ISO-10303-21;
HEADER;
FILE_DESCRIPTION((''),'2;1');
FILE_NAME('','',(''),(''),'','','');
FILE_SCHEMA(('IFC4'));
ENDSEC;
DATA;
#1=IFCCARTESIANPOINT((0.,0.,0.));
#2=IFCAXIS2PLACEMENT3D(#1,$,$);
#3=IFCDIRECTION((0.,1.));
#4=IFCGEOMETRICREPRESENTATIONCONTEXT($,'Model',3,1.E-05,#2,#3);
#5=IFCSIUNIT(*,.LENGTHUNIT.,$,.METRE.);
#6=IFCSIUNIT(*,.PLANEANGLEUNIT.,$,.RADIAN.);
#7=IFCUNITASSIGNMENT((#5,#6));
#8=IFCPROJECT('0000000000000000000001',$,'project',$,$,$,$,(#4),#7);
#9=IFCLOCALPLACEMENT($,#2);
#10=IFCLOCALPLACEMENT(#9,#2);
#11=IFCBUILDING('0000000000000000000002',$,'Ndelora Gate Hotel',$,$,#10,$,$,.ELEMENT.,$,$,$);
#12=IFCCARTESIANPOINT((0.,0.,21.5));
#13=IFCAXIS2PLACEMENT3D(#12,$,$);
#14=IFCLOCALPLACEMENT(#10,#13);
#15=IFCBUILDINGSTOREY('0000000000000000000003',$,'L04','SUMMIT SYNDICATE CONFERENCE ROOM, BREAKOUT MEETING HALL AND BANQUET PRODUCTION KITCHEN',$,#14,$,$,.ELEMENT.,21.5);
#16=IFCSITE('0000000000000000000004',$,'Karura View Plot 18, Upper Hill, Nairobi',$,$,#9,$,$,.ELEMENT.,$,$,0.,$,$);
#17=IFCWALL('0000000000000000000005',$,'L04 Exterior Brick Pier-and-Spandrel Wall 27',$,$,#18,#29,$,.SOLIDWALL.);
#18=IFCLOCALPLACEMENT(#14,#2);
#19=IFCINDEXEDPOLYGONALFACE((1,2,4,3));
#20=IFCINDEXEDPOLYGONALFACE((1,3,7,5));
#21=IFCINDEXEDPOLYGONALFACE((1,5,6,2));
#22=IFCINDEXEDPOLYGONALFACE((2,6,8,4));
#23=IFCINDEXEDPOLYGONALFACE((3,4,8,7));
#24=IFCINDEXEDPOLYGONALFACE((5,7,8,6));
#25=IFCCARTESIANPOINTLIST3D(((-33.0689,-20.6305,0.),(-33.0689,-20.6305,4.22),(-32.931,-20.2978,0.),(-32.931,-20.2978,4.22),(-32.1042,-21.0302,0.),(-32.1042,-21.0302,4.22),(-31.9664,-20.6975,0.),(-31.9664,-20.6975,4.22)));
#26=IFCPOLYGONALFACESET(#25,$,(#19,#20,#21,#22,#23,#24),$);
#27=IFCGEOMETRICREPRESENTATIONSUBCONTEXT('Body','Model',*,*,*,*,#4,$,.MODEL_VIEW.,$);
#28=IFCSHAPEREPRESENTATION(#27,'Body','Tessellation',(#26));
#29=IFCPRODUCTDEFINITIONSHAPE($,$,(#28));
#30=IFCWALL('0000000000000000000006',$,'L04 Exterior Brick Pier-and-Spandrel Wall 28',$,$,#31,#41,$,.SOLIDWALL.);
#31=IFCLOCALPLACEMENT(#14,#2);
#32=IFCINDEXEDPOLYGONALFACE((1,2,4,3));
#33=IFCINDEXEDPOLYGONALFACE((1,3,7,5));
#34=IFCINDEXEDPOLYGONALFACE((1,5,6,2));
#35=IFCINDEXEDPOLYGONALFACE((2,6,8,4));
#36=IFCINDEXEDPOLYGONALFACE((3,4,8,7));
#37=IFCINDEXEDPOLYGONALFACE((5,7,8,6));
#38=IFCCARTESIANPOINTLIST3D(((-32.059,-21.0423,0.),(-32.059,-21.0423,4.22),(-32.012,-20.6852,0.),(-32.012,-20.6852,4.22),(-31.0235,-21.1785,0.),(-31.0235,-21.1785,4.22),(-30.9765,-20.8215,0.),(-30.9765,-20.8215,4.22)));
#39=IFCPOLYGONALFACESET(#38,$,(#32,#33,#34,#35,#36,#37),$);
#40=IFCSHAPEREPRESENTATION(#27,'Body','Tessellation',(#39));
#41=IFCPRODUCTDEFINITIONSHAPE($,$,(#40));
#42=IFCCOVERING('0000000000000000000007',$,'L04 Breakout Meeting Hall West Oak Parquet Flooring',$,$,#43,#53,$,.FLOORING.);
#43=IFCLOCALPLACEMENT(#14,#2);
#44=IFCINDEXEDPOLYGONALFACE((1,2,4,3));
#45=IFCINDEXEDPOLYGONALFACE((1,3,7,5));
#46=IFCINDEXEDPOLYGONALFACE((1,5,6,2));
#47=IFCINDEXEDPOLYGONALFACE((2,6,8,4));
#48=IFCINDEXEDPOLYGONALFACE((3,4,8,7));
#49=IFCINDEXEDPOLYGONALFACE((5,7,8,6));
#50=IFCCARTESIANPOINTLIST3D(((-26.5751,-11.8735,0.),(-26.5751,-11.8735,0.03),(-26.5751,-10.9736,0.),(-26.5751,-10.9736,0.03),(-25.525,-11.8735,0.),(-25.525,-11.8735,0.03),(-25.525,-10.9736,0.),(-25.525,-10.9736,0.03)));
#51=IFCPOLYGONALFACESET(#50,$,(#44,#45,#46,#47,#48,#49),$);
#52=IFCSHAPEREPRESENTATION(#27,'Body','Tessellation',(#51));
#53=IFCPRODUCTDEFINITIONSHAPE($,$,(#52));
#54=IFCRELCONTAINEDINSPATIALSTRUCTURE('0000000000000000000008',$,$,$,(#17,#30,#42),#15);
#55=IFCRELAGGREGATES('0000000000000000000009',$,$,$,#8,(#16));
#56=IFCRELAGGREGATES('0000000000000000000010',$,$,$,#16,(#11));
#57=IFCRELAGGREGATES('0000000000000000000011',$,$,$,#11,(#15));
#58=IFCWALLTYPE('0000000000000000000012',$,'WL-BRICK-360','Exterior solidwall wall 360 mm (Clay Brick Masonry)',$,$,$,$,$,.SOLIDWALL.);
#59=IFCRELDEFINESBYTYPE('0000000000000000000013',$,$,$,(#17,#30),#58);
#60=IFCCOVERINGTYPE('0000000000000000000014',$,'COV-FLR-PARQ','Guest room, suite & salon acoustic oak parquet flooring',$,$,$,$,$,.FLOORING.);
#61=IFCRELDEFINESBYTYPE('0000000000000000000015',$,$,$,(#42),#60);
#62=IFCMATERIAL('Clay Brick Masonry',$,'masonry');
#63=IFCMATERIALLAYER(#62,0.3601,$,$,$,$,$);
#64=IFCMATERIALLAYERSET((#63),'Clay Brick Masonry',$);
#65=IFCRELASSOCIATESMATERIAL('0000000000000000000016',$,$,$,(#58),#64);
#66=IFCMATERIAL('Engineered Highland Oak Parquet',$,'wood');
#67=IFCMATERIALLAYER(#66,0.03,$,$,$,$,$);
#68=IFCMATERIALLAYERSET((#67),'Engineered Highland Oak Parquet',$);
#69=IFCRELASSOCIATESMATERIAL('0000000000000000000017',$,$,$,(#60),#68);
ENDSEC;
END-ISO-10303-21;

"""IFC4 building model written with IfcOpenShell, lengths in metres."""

from ifc_helpers import new_model, si_unit, direction, frame, frame_2d, origin, origin_2d, place, context, subcontext, project, spatial, rectangle, extrude, material, layer, layer_set, type_object, element, save


model = new_model("IFC4")

# Units and contexts
model_context = context("Model", 3, precision=1e-05, world=origin(), true_north=direction((0.0, 1.0)))
body_context = subcontext(model_context, "Body", "Model", "MODEL_VIEW")
ifc_project = project(units=[si_unit("LENGTHUNIT", "METRE"), si_unit("PLANEANGLEUNIT", "RADIAN")], contexts=[model_context])

# Site, building, storey
site_placement = place(None, origin())
site = spatial("IfcSite", under=ifc_project, at=site_placement, Name="Karura View Plot 18, Upper Hill, Nairobi", CompositionType="ELEMENT", RefElevation=0.0)
building_placement = place(site_placement, origin())
building = spatial("IfcBuilding", under=site, at=building_placement, Name="Ndelora Gate Hotel", CompositionType="ELEMENT")
storey_placement = place(building_placement, frame((0.0, 0.0, 21.5)))
storey = spatial("IfcBuildingStorey", under=building, at=storey_placement, Name="L04", Description="SUMMIT SYNDICATE CONFERENCE ROOM, BREAKOUT MEETING HALL AND BANQUET PRODUCTION KITCHEN", CompositionType="ELEMENT", Elevation=21.5)

# Shared definitions
ifc_material_1 = material(Name="Clay Brick Masonry", Category="masonry")
ifc_layer_1 = layer(ifc_material_1, 0.3601)
ifc_layer_set_1 = layer_set([ifc_layer_1], Name="Clay Brick Masonry")
wall_type = type_object("IfcWallType", Name="WL-BRICK-360", Description="Exterior solidwall wall 360 mm (Clay Brick Masonry)", PredefinedType="SOLIDWALL", material=ifc_layer_set_1)

# Walls
for number, where, z_axis, x_axis, name in (
    (1, (-32.0354, -20.8638, 0.0), (0.0, 0.0, 1.0), (-0.923843, 0.382772, 0.0), "L04 Exterior Brick Pier-and-Spandrel Wall 27"),
):
    element("IfcWall", number, at=place(storey_placement, frame(where, z_axis=z_axis, x_axis=x_axis)), inside=storey, type_object=wall_type, Name=name, PredefinedType="SOLIDWALL", context=body_context, shape_type="SweptSolid", body=[
        extrude(rectangle(XDim=1.0442, YDim=0.3601, at=frame_2d((0.522, 0.0))), origin(), (0.0, 0.0, 1.0), 4.22),
    ])
wall_1_placement = place(storey_placement, frame((-31.0, -21.0, 0.0), z_axis=(0.0, 0.0, 1.0), x_axis=(-0.991455, 0.130448, 0.0)))
element("IfcWall", 2, at=wall_1_placement, inside=storey, type_object=wall_type, Name="L04 Exterior Brick Pier-and-Spandrel Wall 28", PredefinedType="SOLIDWALL", context=body_context, shape_type="SweptSolid", body=[
    extrude(rectangle(XDim=1.0444, YDim=0.3601, at=frame_2d((0.5222, 0.0))), origin(), (0.0, 0.0, 1.0), 4.22),
])

# Covering
ifc_material_2 = material(Name="Engineered Highland Oak Parquet", Category="wood")
ifc_layer_2 = layer(ifc_material_2, 0.03)
ifc_layer_set_2 = layer_set([ifc_layer_2], Name="Engineered Highland Oak Parquet")
covering_type = type_object("IfcCoveringType", Name="COV-FLR-PARQ", Description="Guest room, suite & salon acoustic oak parquet flooring", PredefinedType="FLOORING", material=ifc_layer_set_2)
covering_placement = place(storey_placement, frame((-26.05, -11.4236, 0.0), z_axis=(0.0, 0.0, 1.0), x_axis=(1.0, 0.0, 0.0)))
element("IfcCovering", 3, at=covering_placement, inside=storey, type_object=covering_type, Name="L04 Breakout Meeting Hall West Oak Parquet Flooring", PredefinedType="FLOORING", context=body_context, shape_type="SweptSolid", body=[
    extrude(rectangle(XDim=1.05, YDim=0.8999, at=origin_2d()), origin(), (0.0, 0.0, 1.0), 0.03),
])

save(model, "model.ifc")
